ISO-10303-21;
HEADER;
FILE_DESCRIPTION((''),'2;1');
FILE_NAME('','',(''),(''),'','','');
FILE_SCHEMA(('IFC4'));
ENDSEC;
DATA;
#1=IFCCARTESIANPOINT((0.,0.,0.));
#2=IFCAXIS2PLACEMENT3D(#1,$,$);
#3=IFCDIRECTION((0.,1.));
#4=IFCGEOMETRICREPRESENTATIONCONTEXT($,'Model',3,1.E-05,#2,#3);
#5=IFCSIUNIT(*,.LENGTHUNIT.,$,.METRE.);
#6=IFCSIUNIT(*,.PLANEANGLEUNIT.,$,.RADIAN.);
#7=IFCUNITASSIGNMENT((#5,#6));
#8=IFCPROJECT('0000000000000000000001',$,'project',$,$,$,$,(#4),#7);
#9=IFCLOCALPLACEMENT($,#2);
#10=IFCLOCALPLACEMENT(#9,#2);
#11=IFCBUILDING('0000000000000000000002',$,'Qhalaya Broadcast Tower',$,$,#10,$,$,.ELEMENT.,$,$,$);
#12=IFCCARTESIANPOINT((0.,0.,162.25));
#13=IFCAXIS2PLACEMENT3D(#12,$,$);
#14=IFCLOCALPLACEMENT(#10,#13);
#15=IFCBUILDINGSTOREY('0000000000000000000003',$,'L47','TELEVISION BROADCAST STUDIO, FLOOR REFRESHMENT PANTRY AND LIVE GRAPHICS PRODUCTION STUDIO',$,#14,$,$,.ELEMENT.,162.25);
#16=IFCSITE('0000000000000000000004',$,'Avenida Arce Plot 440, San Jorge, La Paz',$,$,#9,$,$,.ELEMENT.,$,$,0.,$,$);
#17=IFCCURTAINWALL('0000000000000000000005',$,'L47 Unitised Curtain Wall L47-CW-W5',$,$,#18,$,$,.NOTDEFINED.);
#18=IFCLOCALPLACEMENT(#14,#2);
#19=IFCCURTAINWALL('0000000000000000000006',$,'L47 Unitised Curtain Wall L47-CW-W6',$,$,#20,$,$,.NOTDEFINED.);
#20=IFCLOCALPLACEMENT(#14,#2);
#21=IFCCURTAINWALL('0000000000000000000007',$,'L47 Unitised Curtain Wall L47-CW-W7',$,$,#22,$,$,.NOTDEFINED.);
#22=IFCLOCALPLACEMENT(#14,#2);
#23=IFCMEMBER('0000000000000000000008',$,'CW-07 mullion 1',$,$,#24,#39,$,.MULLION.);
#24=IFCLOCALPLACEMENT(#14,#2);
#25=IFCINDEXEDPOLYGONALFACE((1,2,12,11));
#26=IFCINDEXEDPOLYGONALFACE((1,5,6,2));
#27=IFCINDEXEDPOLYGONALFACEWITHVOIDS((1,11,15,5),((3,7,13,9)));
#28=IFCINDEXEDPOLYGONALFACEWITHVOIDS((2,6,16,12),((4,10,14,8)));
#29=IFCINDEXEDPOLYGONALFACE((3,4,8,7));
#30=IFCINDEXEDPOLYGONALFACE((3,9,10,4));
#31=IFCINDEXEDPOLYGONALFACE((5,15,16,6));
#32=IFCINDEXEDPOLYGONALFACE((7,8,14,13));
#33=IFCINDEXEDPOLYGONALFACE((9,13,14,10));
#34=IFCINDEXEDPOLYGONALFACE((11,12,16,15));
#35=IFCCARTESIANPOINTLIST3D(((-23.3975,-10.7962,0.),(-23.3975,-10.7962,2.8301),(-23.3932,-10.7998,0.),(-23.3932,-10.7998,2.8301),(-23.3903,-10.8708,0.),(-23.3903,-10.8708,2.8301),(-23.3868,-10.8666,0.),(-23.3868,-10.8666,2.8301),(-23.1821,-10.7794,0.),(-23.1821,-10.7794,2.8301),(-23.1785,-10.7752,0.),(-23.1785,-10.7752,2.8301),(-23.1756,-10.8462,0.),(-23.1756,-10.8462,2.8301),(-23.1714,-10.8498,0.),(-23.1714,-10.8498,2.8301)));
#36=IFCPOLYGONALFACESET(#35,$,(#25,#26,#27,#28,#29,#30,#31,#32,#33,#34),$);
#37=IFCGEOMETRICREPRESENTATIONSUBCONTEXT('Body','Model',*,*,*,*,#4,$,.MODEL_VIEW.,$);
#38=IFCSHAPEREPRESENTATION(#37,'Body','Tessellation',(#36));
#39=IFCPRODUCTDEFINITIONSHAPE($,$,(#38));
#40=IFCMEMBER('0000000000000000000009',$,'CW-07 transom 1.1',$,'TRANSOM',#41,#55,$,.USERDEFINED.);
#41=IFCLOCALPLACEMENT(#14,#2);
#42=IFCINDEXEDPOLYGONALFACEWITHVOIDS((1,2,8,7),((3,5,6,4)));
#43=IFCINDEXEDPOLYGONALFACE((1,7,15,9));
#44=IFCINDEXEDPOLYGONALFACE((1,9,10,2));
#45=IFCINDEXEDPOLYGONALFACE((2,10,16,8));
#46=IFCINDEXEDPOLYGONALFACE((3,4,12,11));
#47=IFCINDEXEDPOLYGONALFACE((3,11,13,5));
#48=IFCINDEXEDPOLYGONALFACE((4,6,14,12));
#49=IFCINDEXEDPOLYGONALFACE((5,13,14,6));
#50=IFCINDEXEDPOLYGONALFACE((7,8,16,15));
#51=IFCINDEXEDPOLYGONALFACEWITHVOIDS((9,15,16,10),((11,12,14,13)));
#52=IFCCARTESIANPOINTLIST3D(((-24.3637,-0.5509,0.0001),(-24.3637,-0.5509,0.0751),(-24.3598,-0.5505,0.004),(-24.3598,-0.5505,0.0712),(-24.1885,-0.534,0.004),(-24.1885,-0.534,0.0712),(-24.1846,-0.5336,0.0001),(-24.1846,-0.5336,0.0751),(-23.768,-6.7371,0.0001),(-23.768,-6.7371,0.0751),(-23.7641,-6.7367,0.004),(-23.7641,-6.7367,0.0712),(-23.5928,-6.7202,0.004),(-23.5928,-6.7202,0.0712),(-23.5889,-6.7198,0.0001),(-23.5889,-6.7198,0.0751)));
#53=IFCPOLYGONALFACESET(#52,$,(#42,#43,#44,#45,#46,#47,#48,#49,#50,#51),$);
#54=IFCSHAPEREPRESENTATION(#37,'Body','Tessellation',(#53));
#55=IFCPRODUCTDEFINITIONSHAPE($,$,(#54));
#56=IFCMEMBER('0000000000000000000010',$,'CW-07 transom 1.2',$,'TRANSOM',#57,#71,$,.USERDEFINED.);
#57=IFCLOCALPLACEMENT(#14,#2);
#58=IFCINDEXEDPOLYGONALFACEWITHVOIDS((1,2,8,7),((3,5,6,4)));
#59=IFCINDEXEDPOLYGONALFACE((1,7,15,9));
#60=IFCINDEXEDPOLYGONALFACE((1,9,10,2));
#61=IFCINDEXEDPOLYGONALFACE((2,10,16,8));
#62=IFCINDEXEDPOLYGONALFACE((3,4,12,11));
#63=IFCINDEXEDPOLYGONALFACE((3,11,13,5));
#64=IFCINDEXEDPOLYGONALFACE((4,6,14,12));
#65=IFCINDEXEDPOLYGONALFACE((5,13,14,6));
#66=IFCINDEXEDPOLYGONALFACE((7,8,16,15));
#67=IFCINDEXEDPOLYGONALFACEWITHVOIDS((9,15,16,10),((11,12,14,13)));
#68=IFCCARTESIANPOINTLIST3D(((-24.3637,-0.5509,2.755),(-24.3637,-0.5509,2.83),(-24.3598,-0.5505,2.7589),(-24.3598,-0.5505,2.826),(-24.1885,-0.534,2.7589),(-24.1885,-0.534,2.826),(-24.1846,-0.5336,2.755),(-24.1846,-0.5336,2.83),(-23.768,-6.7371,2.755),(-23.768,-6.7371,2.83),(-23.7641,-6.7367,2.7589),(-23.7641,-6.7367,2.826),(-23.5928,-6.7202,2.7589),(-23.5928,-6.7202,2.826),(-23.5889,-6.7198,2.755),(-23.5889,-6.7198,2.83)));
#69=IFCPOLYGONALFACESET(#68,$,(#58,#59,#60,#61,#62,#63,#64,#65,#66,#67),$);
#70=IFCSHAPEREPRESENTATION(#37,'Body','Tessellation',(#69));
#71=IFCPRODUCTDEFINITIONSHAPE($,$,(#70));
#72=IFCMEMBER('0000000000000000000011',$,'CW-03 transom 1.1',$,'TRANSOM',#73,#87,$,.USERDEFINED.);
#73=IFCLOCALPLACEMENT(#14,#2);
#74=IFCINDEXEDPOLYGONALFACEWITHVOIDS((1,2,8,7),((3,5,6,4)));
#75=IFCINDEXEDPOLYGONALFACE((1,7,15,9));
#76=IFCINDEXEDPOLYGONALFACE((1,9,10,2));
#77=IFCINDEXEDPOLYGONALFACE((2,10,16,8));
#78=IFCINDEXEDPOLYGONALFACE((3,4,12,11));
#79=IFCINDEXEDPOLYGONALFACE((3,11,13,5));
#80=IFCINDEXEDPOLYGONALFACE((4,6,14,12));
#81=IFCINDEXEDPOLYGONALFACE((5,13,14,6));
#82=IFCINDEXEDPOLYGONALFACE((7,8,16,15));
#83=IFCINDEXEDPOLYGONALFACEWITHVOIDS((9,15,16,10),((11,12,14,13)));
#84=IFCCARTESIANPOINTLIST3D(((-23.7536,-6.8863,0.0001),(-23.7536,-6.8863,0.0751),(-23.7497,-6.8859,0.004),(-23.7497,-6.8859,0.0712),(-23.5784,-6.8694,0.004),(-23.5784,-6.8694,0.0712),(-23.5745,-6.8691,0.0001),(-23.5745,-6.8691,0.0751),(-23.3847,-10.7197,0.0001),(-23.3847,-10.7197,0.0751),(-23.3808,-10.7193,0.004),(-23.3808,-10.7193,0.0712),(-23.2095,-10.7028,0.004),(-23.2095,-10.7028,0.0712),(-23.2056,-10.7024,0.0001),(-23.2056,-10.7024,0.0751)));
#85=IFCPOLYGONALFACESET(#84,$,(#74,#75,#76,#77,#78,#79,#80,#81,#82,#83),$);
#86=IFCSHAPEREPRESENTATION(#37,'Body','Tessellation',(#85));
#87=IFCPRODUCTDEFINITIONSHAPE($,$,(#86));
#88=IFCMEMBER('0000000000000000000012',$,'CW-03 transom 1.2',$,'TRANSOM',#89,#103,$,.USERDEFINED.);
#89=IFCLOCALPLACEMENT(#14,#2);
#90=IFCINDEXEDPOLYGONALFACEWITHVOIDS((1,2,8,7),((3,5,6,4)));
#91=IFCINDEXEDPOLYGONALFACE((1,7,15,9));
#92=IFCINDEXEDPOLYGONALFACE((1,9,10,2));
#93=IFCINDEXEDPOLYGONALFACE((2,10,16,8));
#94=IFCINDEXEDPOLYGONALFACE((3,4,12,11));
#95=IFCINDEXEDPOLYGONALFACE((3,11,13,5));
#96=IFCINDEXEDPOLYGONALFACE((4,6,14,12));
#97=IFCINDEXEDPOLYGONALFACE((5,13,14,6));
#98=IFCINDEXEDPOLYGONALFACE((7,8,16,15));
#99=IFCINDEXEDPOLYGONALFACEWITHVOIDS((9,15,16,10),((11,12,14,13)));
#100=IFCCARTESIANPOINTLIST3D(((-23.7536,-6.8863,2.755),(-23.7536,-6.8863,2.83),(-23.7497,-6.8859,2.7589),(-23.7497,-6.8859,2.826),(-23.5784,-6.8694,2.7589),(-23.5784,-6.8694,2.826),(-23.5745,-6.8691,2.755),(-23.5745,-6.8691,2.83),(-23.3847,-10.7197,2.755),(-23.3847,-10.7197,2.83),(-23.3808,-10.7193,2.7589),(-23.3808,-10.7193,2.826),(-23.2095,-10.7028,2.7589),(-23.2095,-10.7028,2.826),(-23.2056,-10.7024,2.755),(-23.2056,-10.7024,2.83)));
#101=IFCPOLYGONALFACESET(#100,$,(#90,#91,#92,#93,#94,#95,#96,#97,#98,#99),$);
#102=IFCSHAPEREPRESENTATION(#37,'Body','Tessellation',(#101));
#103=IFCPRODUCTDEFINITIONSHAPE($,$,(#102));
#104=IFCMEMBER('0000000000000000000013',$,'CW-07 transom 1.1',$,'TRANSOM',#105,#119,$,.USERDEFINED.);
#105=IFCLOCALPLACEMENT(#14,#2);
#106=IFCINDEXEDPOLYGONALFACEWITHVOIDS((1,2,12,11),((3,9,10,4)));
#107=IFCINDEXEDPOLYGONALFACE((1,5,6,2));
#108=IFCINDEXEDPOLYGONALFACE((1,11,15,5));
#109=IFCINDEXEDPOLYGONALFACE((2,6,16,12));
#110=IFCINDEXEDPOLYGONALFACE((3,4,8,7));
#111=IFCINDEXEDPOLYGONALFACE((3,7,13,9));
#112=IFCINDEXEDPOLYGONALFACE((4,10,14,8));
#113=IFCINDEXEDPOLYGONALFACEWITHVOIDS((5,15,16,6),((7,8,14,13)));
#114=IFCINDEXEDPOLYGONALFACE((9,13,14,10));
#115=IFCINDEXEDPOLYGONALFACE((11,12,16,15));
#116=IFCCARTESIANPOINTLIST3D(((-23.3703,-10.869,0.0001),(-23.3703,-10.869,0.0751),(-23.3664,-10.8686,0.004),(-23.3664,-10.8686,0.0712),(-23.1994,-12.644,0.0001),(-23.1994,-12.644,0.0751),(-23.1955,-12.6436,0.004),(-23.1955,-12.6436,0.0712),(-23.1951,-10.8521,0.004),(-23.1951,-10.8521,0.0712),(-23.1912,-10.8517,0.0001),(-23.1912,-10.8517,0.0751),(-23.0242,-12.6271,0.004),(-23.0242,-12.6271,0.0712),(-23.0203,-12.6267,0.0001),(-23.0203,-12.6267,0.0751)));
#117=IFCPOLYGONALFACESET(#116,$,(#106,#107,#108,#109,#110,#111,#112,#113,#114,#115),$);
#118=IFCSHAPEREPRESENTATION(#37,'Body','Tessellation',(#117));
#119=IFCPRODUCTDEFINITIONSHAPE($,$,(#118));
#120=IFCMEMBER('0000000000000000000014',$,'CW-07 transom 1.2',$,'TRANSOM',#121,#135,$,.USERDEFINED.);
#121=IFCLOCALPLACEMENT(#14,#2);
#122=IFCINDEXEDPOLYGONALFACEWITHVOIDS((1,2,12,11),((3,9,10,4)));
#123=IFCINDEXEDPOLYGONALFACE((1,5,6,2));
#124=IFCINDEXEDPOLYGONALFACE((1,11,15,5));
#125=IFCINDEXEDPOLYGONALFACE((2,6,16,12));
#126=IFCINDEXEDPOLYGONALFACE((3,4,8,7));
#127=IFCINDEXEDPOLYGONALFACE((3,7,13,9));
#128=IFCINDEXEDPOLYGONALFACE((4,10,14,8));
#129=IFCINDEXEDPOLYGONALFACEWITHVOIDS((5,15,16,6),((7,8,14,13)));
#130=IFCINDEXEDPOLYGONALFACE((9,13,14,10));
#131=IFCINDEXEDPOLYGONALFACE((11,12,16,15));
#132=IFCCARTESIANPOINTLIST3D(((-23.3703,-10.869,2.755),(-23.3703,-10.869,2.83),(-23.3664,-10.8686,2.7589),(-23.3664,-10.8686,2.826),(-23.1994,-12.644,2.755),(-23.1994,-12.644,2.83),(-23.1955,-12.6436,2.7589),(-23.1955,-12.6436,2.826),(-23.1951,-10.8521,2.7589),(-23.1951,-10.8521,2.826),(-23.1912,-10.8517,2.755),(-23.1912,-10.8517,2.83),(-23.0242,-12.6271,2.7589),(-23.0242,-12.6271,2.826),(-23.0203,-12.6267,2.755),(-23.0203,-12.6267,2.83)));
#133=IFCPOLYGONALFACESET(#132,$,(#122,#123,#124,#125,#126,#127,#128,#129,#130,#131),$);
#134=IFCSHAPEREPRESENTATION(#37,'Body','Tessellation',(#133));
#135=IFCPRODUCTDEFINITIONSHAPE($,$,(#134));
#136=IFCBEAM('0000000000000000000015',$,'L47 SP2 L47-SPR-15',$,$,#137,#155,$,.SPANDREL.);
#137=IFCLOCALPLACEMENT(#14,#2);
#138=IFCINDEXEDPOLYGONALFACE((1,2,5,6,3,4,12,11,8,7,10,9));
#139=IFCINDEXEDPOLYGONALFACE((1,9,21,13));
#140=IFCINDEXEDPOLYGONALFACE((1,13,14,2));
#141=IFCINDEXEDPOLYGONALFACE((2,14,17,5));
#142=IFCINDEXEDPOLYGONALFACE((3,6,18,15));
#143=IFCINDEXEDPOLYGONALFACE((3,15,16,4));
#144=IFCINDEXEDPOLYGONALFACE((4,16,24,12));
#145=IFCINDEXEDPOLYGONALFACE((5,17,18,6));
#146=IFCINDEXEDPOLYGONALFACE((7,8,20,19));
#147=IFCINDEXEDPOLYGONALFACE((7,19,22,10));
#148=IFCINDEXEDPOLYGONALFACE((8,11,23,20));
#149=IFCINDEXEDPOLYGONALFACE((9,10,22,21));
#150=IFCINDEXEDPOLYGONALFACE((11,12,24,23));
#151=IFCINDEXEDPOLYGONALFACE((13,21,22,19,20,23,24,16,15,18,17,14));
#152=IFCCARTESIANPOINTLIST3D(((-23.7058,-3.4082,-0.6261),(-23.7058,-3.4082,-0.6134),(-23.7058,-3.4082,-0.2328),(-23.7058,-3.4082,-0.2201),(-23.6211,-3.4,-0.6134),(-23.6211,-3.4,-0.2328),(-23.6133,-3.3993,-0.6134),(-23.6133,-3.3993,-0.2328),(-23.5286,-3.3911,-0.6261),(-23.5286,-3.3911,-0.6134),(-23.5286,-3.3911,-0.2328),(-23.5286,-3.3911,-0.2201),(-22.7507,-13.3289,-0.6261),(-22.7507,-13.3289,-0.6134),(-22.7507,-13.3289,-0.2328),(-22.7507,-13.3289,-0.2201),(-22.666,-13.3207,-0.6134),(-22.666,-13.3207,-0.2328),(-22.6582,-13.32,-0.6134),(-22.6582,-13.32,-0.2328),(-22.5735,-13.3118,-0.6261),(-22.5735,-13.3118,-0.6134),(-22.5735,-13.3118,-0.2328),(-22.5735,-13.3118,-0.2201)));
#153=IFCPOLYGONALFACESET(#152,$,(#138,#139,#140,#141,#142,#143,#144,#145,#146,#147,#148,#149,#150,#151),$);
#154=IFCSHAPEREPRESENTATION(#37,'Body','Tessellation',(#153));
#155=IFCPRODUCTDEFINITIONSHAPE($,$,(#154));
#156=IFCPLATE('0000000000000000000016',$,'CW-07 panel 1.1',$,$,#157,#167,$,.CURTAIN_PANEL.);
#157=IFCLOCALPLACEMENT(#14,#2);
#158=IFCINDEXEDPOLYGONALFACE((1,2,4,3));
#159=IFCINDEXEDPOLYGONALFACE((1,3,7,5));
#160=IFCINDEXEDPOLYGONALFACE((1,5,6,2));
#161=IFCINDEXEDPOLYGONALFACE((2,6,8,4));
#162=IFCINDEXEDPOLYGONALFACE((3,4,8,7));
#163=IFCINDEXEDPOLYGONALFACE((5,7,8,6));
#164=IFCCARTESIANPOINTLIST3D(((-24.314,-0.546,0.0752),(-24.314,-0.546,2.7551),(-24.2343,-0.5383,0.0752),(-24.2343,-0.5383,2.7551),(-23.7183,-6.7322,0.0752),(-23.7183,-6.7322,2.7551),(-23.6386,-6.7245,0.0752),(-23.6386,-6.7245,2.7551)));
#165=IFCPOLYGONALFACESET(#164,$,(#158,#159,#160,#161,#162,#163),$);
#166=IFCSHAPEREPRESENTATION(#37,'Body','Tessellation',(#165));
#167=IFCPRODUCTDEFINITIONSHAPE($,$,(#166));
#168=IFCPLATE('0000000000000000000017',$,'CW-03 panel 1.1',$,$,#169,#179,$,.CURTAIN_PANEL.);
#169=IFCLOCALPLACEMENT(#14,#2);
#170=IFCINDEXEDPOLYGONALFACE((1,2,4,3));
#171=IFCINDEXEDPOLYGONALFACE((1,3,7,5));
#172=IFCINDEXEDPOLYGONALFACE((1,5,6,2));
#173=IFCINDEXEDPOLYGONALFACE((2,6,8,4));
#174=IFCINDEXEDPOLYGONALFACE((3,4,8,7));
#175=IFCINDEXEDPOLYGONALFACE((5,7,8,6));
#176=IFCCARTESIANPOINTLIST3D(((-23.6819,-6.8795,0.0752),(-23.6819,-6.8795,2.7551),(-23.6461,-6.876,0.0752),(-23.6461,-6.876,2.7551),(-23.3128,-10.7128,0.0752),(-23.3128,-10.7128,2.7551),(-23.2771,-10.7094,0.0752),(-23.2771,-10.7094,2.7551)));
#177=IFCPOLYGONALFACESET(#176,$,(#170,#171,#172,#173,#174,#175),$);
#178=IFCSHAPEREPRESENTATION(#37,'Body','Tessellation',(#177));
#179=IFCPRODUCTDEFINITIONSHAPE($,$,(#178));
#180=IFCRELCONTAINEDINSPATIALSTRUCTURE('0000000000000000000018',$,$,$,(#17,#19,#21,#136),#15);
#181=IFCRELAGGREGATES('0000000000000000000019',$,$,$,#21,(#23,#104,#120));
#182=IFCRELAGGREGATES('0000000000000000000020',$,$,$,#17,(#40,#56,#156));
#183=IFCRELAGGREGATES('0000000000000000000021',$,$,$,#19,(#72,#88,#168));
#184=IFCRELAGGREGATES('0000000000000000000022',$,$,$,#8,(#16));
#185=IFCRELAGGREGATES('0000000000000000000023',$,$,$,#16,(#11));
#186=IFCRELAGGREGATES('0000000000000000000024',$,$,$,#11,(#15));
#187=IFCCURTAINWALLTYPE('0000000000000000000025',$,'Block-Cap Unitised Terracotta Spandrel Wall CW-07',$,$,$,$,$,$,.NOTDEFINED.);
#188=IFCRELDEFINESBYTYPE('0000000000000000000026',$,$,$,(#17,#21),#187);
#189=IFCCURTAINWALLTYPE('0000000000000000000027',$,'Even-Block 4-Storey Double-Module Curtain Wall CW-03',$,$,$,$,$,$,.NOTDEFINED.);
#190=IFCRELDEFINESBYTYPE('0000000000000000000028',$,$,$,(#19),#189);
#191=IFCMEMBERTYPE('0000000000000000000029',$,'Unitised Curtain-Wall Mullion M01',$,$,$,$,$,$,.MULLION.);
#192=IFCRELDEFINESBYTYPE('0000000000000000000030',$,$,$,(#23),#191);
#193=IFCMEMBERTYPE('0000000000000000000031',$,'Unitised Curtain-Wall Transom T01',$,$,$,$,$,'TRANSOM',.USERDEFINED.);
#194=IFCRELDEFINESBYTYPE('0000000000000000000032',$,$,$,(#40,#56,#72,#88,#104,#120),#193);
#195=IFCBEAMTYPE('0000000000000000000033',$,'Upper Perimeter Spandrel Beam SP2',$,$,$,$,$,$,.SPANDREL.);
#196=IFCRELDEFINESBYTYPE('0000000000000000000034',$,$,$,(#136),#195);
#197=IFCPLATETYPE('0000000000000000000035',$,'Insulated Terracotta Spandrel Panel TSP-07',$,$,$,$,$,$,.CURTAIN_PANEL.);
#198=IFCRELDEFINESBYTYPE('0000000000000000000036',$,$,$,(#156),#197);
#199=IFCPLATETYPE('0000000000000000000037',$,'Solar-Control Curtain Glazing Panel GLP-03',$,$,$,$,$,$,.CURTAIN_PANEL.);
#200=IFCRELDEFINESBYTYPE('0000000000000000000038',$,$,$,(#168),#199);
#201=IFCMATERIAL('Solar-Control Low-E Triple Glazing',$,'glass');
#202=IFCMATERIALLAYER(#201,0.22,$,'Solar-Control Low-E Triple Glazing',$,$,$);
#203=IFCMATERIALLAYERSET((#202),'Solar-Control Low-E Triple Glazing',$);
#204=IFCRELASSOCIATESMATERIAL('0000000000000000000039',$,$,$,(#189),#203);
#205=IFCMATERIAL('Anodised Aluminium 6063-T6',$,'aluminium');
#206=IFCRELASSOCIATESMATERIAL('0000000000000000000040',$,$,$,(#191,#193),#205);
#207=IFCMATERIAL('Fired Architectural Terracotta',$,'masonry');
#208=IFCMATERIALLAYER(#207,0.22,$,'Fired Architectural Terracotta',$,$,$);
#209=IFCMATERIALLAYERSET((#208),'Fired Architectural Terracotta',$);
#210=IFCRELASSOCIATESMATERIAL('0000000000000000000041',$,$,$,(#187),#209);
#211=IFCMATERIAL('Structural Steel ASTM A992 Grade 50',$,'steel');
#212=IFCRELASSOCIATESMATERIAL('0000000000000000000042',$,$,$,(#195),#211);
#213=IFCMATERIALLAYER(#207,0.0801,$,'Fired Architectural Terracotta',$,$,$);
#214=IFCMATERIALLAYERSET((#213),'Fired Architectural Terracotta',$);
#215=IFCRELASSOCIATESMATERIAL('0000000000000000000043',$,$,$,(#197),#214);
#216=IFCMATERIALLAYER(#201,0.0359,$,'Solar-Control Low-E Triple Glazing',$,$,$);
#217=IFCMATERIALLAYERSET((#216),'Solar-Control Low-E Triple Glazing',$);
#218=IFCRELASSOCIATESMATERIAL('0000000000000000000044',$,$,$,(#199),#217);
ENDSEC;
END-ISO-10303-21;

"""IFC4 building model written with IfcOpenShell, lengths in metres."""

from ifc_helpers import new_model, si_unit, direction, frame, origin, origin_2d, place, context, subcontext, project, spatial, rectangle, hollow_rectangle, i_section, extrude, material, layer, layer_set, material_profile, profile_set, type_object, element, aggregate, save


model = new_model("IFC4")

# Units and contexts
model_context = context("Model", 3, precision=1e-05, world=origin(), true_north=direction((0.0, 1.0)))
body_context = subcontext(model_context, "Body", "Model", "MODEL_VIEW")
ifc_project = project(units=[si_unit("LENGTHUNIT", "METRE"), si_unit("PLANEANGLEUNIT", "RADIAN")], contexts=[model_context])

# Site, building, storey
site_placement = place(None, origin())
site = spatial("IfcSite", under=ifc_project, at=site_placement, Name="Avenida Arce Plot 440, San Jorge, La Paz", CompositionType="ELEMENT", RefElevation=0.0)
building_placement = place(site_placement, origin())
building = spatial("IfcBuilding", under=site, at=building_placement, Name="Qhalaya Broadcast Tower", CompositionType="ELEMENT")
storey_placement = place(building_placement, frame((0.0, 0.0, 162.25)))
storey = spatial("IfcBuildingStorey", under=building, at=storey_placement, Name="L47", Description="TELEVISION BROADCAST STUDIO, FLOOR REFRESHMENT PANTRY AND LIVE GRAPHICS PRODUCTION STUDIO", CompositionType="ELEMENT", Elevation=162.25)

# Shared definitions
ifc_material_1 = material(Name="Structural Steel ASTM A992 Grade 50", Category="steel")

# Shared definitions
ifc_material_2 = material(Name="Solar-Control Low-E Triple Glazing", Category="glass")
ifc_layer_1 = layer(ifc_material_2, 0.22, Name="Solar-Control Low-E Triple Glazing")
ifc_layer_set_1 = layer_set([ifc_layer_1], Name="Solar-Control Low-E Triple Glazing")
curtain_wall_type_1 = type_object("IfcCurtainWallType", Name="Even-Block 4-Storey Double-Module Curtain Wall CW-03", PredefinedType="NOTDEFINED", material=ifc_layer_set_1)
ifc_material_3 = material(Name="Anodised Aluminium 6063-T6", Category="aluminium")
ifc_material_profile_1 = material_profile(ifc_material_3, hollow_rectangle(XDim=0.075, YDim=0.22, WallThickness=0.0039, at=origin_2d()), Name="ALU-MUL 75x220x4")
ifc_profile_set_1 = profile_set([ifc_material_profile_1], Name="Anodised Aluminium 6063-T6")
member_type_1 = type_object("IfcMemberType", Name="Unitised Curtain-Wall Mullion M01", PredefinedType="MULLION", material=ifc_profile_set_1)

# Curtain walls
ifc_material_4 = material(Name="Fired Architectural Terracotta", Category="masonry")
ifc_layer_2 = layer(ifc_material_4, 0.22, Name="Fired Architectural Terracotta")
ifc_layer_set_2 = layer_set([ifc_layer_2], Name="Fired Architectural Terracotta")
curtain_wall_type_2 = type_object("IfcCurtainWallType", Name="Block-Cap Unitised Terracotta Spandrel Wall CW-07", PredefinedType="NOTDEFINED", material=ifc_layer_set_2)
curtain_wall_1_placement = place(storey_placement, origin())
curtain_wall_1 = element("IfcCurtainWall", 1, at=curtain_wall_1_placement, inside=storey, type_object=curtain_wall_type_2, Name="L47 Unitised Curtain Wall L47-CW-W5", PredefinedType="NOTDEFINED")
curtain_wall_2_placement = place(storey_placement, origin())
curtain_wall_2 = element("IfcCurtainWall", 2, at=curtain_wall_2_placement, inside=storey, type_object=curtain_wall_type_1, Name="L47 Unitised Curtain Wall L47-CW-W6", PredefinedType="NOTDEFINED")

# Curtain wall, member
curtain_wall_3_placement = place(storey_placement, origin())
curtain_wall_3 = element("IfcCurtainWall", 3, at=curtain_wall_3_placement, inside=storey, type_object=curtain_wall_type_2, Name="L47 Unitised Curtain Wall L47-CW-W7", PredefinedType="NOTDEFINED")
member_1_placement = place(storey_placement, frame((-23.2844, -10.823, 0.0), z_axis=(0.0, 0.0, 1.0), x_axis=(0.095861, -0.995395, 0.0)))
member_1 = element("IfcMember", 4, at=member_1_placement, type_object=member_type_1, Name="CW-07 mullion 1", PredefinedType="MULLION", context=body_context, shape_type="SweptSolid", body=[
    extrude(hollow_rectangle(XDim=0.075, YDim=0.22, WallThickness=0.0039, at=origin_2d()), origin(), (0.0, 0.0, 1.0), 2.8301),
])

# Members
ifc_material_profile_2 = material_profile(ifc_material_3, hollow_rectangle(XDim=0.075, YDim=0.1799, WallThickness=0.0039, at=origin_2d()), Name="ALU-TRN 75x180x4")
ifc_profile_set_2 = profile_set([ifc_material_profile_2], Name="Anodised Aluminium 6063-T6")
member_type_2 = type_object("IfcMemberType", Name="Unitised Curtain-Wall Transom T01", ElementType="TRANSOM", PredefinedType="USERDEFINED", material=ifc_profile_set_2)
member_2_placement = place(storey_placement, frame((-24.2742, -0.5422, 0.0376), z_axis=(0.095851, -0.995396, 0.0), x_axis=(0.0, 0.0, 1.0)))
member_2 = element("IfcMember", 5, at=member_2_placement, type_object=member_type_2, Name="CW-07 transom 1.1", ObjectType="TRANSOM", PredefinedType="USERDEFINED", context=body_context, shape_type="SweptSolid", body=[
    extrude(hollow_rectangle(XDim=0.075, YDim=0.1799, WallThickness=0.0039, at=origin_2d()), origin(), (0.0, 0.0, 1.0), 6.2148),
])
member_3_placement = place(storey_placement, frame((-24.2742, -0.5422, 2.7925), z_axis=(0.095851, -0.995396, 0.0), x_axis=(0.0, 0.0, 1.0)))
member_3 = element("IfcMember", 6, at=member_3_placement, type_object=member_type_2, Name="CW-07 transom 1.2", ObjectType="TRANSOM", PredefinedType="USERDEFINED", context=body_context, shape_type="SweptSolid", body=[
    extrude(hollow_rectangle(XDim=0.075, YDim=0.1799, WallThickness=0.0039, at=origin_2d()), origin(), (0.0, 0.0, 1.0), 6.2148),
])
member_4_placement = place(storey_placement, frame((-23.6641, -6.8777, 0.0376), z_axis=(0.095793, -0.995401, 0.0), x_axis=(0.0, 0.0, 1.0)))
member_4 = element("IfcMember", 7, at=member_4_placement, type_object=member_type_2, Name="CW-03 transom 1.1", ObjectType="TRANSOM", PredefinedType="USERDEFINED", context=body_context, shape_type="SweptSolid", body=[
    extrude(hollow_rectangle(XDim=0.075, YDim=0.1799, WallThickness=0.0039, at=origin_2d()), origin(), (0.0, 0.0, 1.0), 3.8511),
])
member_5_placement = place(storey_placement, frame((-23.6641, -6.8777, 2.7925), z_axis=(0.095793, -0.995401, 0.0), x_axis=(0.0, 0.0, 1.0)))
member_5 = element("IfcMember", 8, at=member_5_placement, type_object=member_type_2, Name="CW-03 transom 1.2", ObjectType="TRANSOM", PredefinedType="USERDEFINED", context=body_context, shape_type="SweptSolid", body=[
    extrude(hollow_rectangle(XDim=0.075, YDim=0.1799, WallThickness=0.0039, at=origin_2d()), origin(), (0.0, 0.0, 1.0), 3.8511),
])
member_6_placement = place(storey_placement, frame((-23.2808, -10.8604, 0.0376), z_axis=(0.095843, -0.995396, 0.0), x_axis=(0.0, 0.0, 1.0)))
member_6 = element("IfcMember", 9, at=member_6_placement, type_object=member_type_2, Name="CW-07 transom 1.1", ObjectType="TRANSOM", PredefinedType="USERDEFINED", context=body_context, shape_type="SweptSolid", body=[
    extrude(hollow_rectangle(XDim=0.075, YDim=0.1799, WallThickness=0.0039, at=origin_2d()), origin(), (0.0, 0.0, 1.0), 1.7832),
])
member_7_placement = place(storey_placement, frame((-23.2808, -10.8604, 2.7925), z_axis=(0.095843, -0.995396, 0.0), x_axis=(0.0, 0.0, 1.0)))
member_7 = element("IfcMember", 10, at=member_7_placement, type_object=member_type_2, Name="CW-07 transom 1.2", ObjectType="TRANSOM", PredefinedType="USERDEFINED", context=body_context, shape_type="SweptSolid", body=[
    extrude(hollow_rectangle(XDim=0.075, YDim=0.1799, WallThickness=0.0039, at=origin_2d()), origin(), (0.0, 0.0, 1.0), 1.7832),
])
aggregate(curtain_wall_3, [member_1, member_6, member_7])

# Beam
ifc_material_profile_3 = material_profile(ifc_material_1, i_section(OverallWidth=0.178, OverallDepth=0.406, WebThickness=0.0078, FlangeThickness=0.0127, at=origin_2d()), Name="W16X40")
ifc_profile_set_3 = profile_set([ifc_material_profile_3], Name="Structural Steel ASTM A992 Grade 50")
beam_type_1 = type_object("IfcBeamType", Name="Upper Perimeter Spandrel Beam SP2", PredefinedType="SPANDREL", material=ifc_profile_set_3)
beam_1_placement = place(storey_placement, frame((-23.6172, -3.3997, -0.4231), z_axis=(0.095829, -0.995398, 0.0), x_axis=(0.995398, 0.095829, 0.0)))
element("IfcBeam", 11, at=beam_1_placement, inside=storey, type_object=beam_type_1, Name="L47 SP2 L47-SPR-15", PredefinedType="SPANDREL", context=body_context, shape_type="SweptSolid", body=[
    extrude(i_section(OverallWidth=0.178, OverallDepth=0.406, WebThickness=0.0078, FlangeThickness=0.0127, at=origin_2d()), origin(), (0.0, 0.0, 1.0), 9.9666),
])

# Plates
ifc_layer_3 = layer(ifc_material_4, 0.0801, Name="Fired Architectural Terracotta")
ifc_layer_set_3 = layer_set([ifc_layer_3], Name="Fired Architectural Terracotta")
plate_type_1 = type_object("IfcPlateType", Name="Insulated Terracotta Spandrel Panel TSP-07", PredefinedType="CURTAIN_PANEL", material=ifc_layer_set_3)
plate_1_placement = place(storey_placement, frame((-23.9763, -3.6353, 0.0752), z_axis=(0.0, 0.0, 1.0), x_axis=(0.095854, -0.995395, 0.0)))
plate_1 = element("IfcPlate", 12, at=plate_1_placement, type_object=plate_type_1, Name="CW-07 panel 1.1", PredefinedType="CURTAIN_PANEL", context=body_context, shape_type="SweptSolid", body=[
    extrude(rectangle(XDim=6.2148, YDim=0.0801, at=origin_2d()), origin(), (0.0, 0.0, 1.0), 2.6799),
])
aggregate(curtain_wall_1, [member_2, member_3, plate_1])
ifc_layer_4 = layer(ifc_material_2, 0.0359, Name="Solar-Control Low-E Triple Glazing")
ifc_layer_set_4 = layer_set([ifc_layer_4], Name="Solar-Control Low-E Triple Glazing")
plate_type_2 = type_object("IfcPlateType", Name="Solar-Control Curtain Glazing Panel GLP-03", PredefinedType="CURTAIN_PANEL", material=ifc_layer_set_4)
plate_2_placement = place(storey_placement, frame((-23.4795, -8.7944, 0.0752), z_axis=(0.0, 0.0, 1.0), x_axis=(0.095826, -0.995398, 0.0)))
plate_2 = element("IfcPlate", 13, at=plate_2_placement, type_object=plate_type_2, Name="CW-03 panel 1.1", PredefinedType="CURTAIN_PANEL", context=body_context, shape_type="SweptSolid", body=[
    extrude(rectangle(XDim=3.8511, YDim=0.0359, at=origin_2d()), origin(), (0.0, 0.0, 1.0), 2.6799),
])
aggregate(curtain_wall_2, [member_4, member_5, plate_2])

save(model, "model.ifc")
